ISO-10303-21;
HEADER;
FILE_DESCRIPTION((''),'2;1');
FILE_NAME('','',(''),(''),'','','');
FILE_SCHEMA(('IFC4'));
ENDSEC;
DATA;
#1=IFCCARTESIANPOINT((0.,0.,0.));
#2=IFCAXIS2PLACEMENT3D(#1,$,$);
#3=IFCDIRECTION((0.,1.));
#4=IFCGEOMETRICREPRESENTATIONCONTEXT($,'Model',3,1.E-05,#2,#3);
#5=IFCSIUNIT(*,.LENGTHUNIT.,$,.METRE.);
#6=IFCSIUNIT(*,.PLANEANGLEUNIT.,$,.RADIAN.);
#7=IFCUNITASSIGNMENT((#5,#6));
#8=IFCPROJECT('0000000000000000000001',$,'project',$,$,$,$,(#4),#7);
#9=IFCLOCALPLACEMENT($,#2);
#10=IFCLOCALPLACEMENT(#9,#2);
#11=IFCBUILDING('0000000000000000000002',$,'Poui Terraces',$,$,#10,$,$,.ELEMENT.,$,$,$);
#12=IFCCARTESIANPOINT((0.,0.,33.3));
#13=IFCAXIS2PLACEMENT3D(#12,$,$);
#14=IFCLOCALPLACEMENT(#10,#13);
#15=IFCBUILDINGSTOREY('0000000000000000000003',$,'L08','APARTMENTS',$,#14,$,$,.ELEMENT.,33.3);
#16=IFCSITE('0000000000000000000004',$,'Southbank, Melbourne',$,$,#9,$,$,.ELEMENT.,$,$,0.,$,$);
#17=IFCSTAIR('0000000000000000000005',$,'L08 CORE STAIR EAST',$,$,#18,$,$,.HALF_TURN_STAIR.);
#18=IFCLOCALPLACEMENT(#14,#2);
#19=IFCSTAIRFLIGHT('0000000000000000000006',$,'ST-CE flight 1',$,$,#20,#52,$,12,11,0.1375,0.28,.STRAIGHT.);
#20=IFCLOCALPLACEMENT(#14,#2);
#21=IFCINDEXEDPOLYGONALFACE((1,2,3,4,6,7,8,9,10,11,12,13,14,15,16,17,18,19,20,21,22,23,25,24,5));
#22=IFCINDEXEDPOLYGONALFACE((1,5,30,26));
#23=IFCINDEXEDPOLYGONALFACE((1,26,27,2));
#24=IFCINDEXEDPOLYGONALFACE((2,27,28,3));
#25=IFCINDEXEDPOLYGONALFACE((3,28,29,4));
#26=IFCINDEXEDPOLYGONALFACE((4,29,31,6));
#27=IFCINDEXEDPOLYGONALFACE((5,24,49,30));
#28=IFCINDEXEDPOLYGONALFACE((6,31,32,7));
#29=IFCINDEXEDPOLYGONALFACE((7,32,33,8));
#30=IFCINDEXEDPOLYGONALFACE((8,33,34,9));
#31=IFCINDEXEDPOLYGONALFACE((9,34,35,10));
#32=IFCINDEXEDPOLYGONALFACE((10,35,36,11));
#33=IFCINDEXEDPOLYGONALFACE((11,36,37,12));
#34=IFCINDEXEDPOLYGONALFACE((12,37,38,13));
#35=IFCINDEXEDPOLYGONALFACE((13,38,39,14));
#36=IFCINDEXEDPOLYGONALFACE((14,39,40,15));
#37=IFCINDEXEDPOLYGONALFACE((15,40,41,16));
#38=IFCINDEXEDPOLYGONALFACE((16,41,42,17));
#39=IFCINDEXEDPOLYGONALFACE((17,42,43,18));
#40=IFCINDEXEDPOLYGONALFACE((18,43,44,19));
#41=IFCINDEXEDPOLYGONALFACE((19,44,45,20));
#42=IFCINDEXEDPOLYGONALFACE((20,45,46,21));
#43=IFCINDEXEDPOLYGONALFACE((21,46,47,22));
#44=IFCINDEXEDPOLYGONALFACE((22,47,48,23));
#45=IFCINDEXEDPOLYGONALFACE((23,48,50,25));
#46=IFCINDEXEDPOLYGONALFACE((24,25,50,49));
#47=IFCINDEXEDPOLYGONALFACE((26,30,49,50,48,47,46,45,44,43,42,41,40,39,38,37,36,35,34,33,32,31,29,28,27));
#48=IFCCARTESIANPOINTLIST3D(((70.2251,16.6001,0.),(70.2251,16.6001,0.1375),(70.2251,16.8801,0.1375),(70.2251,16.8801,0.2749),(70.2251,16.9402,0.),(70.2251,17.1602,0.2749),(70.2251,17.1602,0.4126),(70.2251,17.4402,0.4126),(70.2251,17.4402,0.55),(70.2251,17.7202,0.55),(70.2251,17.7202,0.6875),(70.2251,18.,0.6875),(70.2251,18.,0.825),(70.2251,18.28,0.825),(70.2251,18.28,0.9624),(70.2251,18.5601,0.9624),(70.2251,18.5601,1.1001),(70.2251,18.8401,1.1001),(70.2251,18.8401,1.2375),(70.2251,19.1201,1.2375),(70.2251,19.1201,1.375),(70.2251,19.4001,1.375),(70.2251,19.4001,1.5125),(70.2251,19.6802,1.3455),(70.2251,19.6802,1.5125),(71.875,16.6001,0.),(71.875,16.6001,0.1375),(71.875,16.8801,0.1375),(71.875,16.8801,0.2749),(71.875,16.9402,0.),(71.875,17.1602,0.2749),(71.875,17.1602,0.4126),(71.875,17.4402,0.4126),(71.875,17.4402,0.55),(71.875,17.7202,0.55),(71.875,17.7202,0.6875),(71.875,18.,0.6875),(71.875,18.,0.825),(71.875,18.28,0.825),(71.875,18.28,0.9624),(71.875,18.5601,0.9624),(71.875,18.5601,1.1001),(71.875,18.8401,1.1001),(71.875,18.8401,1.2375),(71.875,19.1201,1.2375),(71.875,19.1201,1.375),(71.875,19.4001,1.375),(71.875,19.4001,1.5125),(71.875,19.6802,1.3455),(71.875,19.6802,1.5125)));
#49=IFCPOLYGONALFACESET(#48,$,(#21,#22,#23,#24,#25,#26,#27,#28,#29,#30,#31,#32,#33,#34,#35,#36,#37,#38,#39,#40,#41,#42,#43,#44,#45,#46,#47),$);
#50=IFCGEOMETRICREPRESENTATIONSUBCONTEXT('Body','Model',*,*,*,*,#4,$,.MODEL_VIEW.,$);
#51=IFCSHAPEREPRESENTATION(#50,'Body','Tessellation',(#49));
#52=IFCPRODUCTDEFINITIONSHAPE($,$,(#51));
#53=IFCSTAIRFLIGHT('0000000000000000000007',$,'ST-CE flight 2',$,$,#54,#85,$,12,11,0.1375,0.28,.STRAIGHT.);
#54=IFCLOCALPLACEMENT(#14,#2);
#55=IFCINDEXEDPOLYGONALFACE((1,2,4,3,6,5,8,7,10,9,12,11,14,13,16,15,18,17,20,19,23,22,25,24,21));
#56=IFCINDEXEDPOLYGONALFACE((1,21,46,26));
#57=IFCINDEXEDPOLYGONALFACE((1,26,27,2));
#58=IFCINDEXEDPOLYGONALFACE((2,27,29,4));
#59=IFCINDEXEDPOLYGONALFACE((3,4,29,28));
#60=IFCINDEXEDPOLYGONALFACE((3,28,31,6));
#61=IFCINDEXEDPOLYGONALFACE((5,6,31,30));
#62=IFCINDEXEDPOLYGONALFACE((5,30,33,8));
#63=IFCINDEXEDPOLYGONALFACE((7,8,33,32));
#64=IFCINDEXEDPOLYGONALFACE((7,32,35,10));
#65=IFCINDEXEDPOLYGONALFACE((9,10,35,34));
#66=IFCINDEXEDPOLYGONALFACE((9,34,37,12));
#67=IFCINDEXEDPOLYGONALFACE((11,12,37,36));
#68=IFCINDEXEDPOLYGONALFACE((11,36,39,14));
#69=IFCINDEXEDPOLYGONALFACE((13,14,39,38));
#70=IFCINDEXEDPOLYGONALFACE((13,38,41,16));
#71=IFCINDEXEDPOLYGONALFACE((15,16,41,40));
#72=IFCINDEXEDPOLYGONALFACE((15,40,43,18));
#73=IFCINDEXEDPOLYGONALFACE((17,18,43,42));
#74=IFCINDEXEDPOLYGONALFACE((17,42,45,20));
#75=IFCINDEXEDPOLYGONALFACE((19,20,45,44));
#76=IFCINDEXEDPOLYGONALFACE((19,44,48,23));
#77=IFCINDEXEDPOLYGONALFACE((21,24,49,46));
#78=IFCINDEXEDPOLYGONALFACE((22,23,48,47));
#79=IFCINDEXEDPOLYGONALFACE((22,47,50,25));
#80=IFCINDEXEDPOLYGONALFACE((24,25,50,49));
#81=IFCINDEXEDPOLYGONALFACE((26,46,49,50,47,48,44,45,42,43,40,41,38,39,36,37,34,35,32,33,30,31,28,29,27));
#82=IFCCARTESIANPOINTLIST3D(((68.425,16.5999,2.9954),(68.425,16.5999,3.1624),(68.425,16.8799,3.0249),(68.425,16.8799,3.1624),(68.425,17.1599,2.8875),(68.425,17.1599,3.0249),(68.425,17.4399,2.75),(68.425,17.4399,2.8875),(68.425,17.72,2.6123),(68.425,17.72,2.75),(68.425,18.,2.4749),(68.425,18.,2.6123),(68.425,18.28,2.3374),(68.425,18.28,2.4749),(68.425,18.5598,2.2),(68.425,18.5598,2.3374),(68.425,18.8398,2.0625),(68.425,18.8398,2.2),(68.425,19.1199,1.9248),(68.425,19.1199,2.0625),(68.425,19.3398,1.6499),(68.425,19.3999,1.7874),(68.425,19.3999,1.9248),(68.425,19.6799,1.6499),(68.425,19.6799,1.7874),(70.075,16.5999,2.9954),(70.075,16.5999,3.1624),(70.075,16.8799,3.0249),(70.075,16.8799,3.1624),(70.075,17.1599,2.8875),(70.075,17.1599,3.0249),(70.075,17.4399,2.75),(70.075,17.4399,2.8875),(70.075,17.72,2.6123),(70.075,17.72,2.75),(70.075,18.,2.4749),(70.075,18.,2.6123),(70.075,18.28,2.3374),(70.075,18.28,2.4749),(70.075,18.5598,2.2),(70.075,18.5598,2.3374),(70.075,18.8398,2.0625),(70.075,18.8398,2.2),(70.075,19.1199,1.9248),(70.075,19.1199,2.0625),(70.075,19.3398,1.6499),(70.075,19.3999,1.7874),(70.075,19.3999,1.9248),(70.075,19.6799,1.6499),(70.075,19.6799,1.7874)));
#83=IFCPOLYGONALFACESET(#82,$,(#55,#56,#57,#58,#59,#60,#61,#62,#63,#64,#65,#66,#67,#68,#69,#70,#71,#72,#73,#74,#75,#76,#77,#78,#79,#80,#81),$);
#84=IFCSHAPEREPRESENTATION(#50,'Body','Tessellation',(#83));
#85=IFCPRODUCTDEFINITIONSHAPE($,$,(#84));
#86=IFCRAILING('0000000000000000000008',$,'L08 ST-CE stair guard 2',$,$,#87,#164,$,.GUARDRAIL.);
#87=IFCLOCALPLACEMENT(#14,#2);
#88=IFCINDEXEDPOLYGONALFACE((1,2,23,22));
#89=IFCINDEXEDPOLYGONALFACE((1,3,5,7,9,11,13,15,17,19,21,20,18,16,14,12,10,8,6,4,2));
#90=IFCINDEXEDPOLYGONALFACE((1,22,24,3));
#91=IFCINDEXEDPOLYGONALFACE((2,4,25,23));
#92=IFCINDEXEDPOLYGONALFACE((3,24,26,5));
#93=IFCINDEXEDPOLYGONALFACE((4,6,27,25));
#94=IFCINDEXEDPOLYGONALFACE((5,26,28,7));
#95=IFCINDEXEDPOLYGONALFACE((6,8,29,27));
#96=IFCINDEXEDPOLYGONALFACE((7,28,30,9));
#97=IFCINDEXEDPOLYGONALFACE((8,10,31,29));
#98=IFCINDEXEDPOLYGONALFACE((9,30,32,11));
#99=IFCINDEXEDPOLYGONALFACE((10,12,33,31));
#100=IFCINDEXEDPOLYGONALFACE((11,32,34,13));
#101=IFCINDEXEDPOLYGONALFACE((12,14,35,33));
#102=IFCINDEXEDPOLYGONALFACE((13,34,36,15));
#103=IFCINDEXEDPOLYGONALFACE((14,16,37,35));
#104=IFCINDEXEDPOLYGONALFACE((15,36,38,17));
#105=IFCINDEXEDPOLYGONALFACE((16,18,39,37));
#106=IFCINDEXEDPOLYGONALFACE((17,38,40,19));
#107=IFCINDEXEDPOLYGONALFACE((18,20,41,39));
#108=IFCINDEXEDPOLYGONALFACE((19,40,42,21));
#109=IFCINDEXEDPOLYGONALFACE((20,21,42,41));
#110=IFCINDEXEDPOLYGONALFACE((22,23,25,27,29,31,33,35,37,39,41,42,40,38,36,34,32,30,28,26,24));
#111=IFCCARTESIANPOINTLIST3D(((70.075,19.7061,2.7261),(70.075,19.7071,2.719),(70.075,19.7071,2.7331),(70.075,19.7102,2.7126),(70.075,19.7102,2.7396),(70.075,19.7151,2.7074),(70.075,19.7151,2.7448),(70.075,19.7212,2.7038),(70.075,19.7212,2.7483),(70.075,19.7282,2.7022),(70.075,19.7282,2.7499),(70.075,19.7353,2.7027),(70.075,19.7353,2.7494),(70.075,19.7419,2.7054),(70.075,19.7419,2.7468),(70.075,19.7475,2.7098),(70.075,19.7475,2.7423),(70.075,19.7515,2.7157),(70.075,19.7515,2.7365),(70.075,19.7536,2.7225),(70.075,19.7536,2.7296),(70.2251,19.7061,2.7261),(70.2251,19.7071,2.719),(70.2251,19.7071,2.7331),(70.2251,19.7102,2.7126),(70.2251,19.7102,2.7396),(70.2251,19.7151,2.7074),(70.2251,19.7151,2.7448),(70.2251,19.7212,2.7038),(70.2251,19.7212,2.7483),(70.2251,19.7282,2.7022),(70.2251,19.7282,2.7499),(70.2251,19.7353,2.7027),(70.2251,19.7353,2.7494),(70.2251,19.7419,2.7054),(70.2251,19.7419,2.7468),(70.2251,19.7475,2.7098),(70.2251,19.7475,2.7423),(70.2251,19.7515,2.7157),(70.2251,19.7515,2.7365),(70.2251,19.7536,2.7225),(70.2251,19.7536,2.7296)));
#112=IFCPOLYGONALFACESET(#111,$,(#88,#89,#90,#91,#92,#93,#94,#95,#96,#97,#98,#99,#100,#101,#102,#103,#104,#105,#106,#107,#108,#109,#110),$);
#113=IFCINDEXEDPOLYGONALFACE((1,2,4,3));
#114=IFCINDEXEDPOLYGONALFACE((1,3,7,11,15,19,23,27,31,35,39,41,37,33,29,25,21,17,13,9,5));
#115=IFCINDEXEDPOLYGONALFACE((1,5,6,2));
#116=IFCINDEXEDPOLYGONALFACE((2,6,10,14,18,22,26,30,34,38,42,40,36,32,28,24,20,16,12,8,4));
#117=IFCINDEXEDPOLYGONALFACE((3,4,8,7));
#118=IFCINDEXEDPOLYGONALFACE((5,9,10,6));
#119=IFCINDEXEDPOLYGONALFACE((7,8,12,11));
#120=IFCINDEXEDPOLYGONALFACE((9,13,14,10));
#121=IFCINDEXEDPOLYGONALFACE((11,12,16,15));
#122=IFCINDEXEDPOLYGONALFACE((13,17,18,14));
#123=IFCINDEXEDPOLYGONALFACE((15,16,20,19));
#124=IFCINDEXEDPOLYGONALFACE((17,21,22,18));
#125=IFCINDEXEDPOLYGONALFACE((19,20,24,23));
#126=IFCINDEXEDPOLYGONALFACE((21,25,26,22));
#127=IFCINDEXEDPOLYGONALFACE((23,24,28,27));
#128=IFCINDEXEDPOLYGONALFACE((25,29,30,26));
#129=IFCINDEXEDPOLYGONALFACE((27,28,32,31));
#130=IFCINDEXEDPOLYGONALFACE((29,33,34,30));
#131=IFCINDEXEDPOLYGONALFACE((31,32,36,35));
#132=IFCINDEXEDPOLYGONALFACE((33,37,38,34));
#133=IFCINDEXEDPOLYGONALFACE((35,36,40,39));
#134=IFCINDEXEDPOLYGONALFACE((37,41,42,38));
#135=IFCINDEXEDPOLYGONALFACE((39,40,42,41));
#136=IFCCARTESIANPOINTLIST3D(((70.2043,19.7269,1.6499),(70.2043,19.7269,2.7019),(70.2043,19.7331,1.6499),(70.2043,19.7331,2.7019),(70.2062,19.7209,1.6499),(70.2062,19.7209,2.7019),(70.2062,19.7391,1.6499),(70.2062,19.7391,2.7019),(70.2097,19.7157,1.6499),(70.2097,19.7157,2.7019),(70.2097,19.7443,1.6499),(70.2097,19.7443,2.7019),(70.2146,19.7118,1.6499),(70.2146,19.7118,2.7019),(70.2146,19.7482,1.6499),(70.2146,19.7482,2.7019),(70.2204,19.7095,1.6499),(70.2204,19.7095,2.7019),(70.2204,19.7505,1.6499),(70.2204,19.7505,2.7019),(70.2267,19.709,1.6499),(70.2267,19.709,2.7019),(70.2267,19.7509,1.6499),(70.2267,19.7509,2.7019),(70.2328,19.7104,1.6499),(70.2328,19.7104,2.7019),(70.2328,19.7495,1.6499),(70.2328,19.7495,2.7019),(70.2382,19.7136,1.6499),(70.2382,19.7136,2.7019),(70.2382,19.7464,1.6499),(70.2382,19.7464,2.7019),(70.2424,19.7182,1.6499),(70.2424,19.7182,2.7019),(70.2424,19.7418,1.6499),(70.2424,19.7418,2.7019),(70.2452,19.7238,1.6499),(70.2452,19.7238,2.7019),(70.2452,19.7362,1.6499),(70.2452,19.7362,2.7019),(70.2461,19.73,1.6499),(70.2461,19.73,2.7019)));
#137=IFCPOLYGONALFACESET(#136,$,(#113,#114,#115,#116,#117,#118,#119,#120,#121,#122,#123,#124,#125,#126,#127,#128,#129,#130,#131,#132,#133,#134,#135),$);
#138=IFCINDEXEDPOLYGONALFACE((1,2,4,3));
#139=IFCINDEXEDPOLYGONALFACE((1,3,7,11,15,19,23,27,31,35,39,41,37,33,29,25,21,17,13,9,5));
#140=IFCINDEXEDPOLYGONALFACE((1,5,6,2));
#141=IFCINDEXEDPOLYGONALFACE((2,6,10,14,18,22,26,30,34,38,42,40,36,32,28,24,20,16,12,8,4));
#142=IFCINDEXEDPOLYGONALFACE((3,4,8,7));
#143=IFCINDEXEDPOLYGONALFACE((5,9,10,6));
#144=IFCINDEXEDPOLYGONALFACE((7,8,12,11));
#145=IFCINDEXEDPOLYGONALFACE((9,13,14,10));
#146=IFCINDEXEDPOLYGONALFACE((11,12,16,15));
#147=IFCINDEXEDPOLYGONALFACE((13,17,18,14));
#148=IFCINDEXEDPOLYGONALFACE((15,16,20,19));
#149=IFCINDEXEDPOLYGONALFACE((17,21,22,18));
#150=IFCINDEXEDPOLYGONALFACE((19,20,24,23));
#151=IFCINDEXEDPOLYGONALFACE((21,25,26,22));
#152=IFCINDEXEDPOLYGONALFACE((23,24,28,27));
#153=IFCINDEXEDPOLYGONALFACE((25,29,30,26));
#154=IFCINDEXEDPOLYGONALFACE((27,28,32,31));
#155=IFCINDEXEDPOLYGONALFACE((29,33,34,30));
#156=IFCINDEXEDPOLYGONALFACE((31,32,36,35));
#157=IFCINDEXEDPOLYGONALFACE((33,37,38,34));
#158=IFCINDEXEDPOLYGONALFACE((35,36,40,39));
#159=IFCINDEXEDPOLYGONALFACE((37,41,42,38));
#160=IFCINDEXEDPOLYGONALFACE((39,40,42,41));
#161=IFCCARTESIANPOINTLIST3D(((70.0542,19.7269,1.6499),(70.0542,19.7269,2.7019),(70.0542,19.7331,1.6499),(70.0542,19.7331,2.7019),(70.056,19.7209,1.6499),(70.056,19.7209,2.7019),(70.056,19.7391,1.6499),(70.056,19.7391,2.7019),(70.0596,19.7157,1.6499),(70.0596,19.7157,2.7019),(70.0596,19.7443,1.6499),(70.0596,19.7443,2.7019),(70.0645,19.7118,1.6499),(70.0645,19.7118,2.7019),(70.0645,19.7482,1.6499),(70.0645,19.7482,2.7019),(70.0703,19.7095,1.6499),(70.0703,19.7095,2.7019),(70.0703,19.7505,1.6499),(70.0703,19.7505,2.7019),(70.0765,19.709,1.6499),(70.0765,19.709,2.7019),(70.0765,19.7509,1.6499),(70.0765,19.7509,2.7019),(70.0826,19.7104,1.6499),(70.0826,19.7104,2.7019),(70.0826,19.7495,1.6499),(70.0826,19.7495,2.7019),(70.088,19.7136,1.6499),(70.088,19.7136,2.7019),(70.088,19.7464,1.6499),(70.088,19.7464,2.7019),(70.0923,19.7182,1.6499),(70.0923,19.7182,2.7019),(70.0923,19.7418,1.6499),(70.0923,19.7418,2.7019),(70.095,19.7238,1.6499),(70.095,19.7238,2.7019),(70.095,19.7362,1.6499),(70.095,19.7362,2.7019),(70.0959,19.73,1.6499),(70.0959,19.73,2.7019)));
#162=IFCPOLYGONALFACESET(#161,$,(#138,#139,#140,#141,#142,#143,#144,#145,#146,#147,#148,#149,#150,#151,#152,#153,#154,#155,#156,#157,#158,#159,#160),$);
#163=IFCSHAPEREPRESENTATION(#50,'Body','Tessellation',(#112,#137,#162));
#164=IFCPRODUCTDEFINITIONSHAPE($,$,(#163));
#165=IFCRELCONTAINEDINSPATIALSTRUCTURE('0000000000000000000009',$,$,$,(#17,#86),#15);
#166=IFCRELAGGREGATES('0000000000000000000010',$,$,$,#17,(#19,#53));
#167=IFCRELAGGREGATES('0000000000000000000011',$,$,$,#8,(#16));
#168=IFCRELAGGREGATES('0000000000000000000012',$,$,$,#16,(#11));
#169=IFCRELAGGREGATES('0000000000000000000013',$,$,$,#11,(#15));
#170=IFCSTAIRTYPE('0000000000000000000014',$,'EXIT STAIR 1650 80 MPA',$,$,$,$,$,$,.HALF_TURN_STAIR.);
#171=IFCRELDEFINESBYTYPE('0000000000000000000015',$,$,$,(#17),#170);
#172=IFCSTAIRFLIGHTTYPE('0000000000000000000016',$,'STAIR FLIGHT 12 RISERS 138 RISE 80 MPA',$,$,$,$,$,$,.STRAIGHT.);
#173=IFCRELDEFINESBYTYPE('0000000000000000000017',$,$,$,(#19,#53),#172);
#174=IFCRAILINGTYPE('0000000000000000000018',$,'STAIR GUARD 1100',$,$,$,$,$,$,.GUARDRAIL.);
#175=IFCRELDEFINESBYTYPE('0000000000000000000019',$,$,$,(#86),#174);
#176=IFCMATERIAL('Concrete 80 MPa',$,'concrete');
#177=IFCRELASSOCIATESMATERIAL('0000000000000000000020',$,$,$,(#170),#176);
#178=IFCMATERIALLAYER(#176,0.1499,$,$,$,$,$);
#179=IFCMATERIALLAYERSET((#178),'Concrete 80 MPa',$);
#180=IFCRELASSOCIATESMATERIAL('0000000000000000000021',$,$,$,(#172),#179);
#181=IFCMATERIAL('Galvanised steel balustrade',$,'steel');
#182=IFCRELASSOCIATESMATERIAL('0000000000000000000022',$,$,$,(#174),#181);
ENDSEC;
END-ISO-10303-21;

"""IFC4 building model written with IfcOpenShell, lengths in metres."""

from ifc_helpers import new_model, si_unit, direction, frame, origin, origin_2d, place, context, subcontext, project, spatial, polyline, circle, outline, extrude, material, layer, layer_set, type_object, element, aggregate, save


model = new_model("IFC4")

# Units and contexts
model_context = context("Model", 3, precision=1e-05, world=origin(), true_north=direction((0.0, 1.0)))
body_context = subcontext(model_context, "Body", "Model", "MODEL_VIEW")
ifc_project = project(units=[si_unit("LENGTHUNIT", "METRE"), si_unit("PLANEANGLEUNIT", "RADIAN")], contexts=[model_context])

# Site, building, storey
site_placement = place(None, origin())
site = spatial("IfcSite", under=ifc_project, at=site_placement, Name="Southbank, Melbourne", CompositionType="ELEMENT", RefElevation=0.0)
building_placement = place(site_placement, origin())
building = spatial("IfcBuilding", under=site, at=building_placement, Name="Poui Terraces", CompositionType="ELEMENT")
storey_placement = place(building_placement, frame((0.0, 0.0, 33.3)))
storey = spatial("IfcBuildingStorey", under=building, at=storey_placement, Name="L08", Description="APARTMENTS", CompositionType="ELEMENT", Elevation=33.3)

# Shared definitions
ifc_material_1 = material(Name="Concrete 80 MPa", Category="concrete")

# Stair, stair flights
stair_type = type_object("IfcStairType", Name="EXIT STAIR 1650 80 MPA", PredefinedType="HALF_TURN_STAIR", material=ifc_material_1)
stair_placement = place(storey_placement, origin())
stair = element("IfcStair", 1, at=stair_placement, inside=storey, type_object=stair_type, Name="L08 CORE STAIR EAST", PredefinedType="HALF_TURN_STAIR")
ifc_layer_1 = layer(ifc_material_1, 0.1499)
ifc_layer_set_1 = layer_set([ifc_layer_1], Name="Concrete 80 MPa")
stair_flight_type = type_object("IfcStairFlightType", Name="STAIR FLIGHT 12 RISERS 138 RISE 80 MPA", PredefinedType="STRAIGHT", material=ifc_layer_set_1)
stair_flight_1_placement = place(storey_placement, frame((71.05, 16.6001, 0.0), z_axis=(0.0, 0.0, 1.0), x_axis=(0.0, 1.0, 0.0)))
stair_flight_1 = element("IfcStairFlight", 2, at=stair_flight_1_placement, type_object=stair_flight_type, Name="ST-CE flight 1", NumberOfRisers=12, NumberOfTreads=11, PredefinedType="STRAIGHT", RiserHeight=0.1375, TreadLength=0.28, context=body_context, shape_type="SweptSolid", body=[
    extrude(outline(polyline([(0.0, 0.0), (0.0, 0.1375), (0.28, 0.1375), (0.28, 0.2749), (0.5601, 0.2749), (0.5601, 0.4126), (0.8401, 0.4126), (0.8401, 0.55), (1.1201, 0.55), (1.1201, 0.6875), (1.3999, 0.6875), (1.3999, 0.825), (1.6799, 0.825), (1.6799, 0.9624), (1.96, 0.9624), (1.96, 1.1001), (2.24, 1.1001), (2.24, 1.2375), (2.52, 1.2375), (2.52, 1.375), (2.8, 1.375), (2.8, 1.5125), (3.0801, 1.5125), (3.0801, 1.6499), (3.0801, 1.3455), (0.3401, 0.0), (0.0, 0.0)])), frame((0.0, 0.825, 0.0), z_axis=(0.0, -1.0, 0.0), x_axis=(1.0, 0.0, 0.0)), (0.0, 0.0, 1.0), 1.6499),
])
stair_flight_2_placement = place(storey_placement, frame((69.25, 19.6799, 1.6499), z_axis=(0.0, 0.0, 1.0), x_axis=(0.0, -1.0, 0.0)))
stair_flight_2 = element("IfcStairFlight", 3, at=stair_flight_2_placement, type_object=stair_flight_type, Name="ST-CE flight 2", NumberOfRisers=12, NumberOfTreads=11, PredefinedType="STRAIGHT", RiserHeight=0.1375, TreadLength=0.28, context=body_context, shape_type="SweptSolid", body=[
    extrude(outline(polyline([(0.0, 0.0), (0.0, 0.1375), (0.28, 0.1375), (0.28, 0.2749), (0.5601, 0.2749), (0.5601, 0.4126), (0.8401, 0.4126), (0.8401, 0.55), (1.1201, 0.55), (1.1201, 0.6875), (1.3999, 0.6875), (1.3999, 0.825), (1.6799, 0.825), (1.6799, 0.9624), (1.96, 0.9624), (1.96, 1.1001), (2.24, 1.1001), (2.24, 1.2375), (2.52, 1.2375), (2.52, 1.375), (2.8, 1.375), (2.8, 1.5125), (3.0801, 1.5125), (3.0801, 1.6499), (3.0801, 1.3455), (0.3401, 0.0), (0.0, 0.0)])), frame((0.0, 0.825, 0.0), z_axis=(0.0, -1.0, 0.0), x_axis=(1.0, 0.0, 0.0)), (0.0, 0.0, 1.0), 1.6499),
])
aggregate(stair, [stair_flight_1, stair_flight_2])

# Railing
ifc_material_2 = material(Name="Galvanised steel balustrade", Category="steel")
railing_type_1 = type_object("IfcRailingType", Name="STAIR GUARD 1100", PredefinedType="GUARDRAIL", material=ifc_material_2)
railing_1_placement = place(storey_placement, frame((70.2251, 19.73, 1.6499)))
element("IfcRailing", 4, at=railing_1_placement, inside=storey, type_object=railing_type_1, Name="L08 ST-CE stair guard 2", PredefinedType="GUARDRAIL", context=body_context, shape_type="SweptSolid", body=[
    extrude(circle(Radius=0.0239, at=origin_2d()), frame((0.0, 0.0, 1.0762), z_axis=(-1.0, 0.0, 0.0), x_axis=(0.0, -1.0, 0.0)), (0.0, 0.0, 1.0), 0.1501),
    extrude(circle(Radius=0.021, at=origin_2d()), origin(), (0.0, 0.0, 1.0), 1.052),
    extrude(circle(Radius=0.021, at=origin_2d()), frame((-0.1501, 0.0, 0.0)), (0.0, 0.0, 1.0), 1.052),
])

save(model, "model.ifc")
